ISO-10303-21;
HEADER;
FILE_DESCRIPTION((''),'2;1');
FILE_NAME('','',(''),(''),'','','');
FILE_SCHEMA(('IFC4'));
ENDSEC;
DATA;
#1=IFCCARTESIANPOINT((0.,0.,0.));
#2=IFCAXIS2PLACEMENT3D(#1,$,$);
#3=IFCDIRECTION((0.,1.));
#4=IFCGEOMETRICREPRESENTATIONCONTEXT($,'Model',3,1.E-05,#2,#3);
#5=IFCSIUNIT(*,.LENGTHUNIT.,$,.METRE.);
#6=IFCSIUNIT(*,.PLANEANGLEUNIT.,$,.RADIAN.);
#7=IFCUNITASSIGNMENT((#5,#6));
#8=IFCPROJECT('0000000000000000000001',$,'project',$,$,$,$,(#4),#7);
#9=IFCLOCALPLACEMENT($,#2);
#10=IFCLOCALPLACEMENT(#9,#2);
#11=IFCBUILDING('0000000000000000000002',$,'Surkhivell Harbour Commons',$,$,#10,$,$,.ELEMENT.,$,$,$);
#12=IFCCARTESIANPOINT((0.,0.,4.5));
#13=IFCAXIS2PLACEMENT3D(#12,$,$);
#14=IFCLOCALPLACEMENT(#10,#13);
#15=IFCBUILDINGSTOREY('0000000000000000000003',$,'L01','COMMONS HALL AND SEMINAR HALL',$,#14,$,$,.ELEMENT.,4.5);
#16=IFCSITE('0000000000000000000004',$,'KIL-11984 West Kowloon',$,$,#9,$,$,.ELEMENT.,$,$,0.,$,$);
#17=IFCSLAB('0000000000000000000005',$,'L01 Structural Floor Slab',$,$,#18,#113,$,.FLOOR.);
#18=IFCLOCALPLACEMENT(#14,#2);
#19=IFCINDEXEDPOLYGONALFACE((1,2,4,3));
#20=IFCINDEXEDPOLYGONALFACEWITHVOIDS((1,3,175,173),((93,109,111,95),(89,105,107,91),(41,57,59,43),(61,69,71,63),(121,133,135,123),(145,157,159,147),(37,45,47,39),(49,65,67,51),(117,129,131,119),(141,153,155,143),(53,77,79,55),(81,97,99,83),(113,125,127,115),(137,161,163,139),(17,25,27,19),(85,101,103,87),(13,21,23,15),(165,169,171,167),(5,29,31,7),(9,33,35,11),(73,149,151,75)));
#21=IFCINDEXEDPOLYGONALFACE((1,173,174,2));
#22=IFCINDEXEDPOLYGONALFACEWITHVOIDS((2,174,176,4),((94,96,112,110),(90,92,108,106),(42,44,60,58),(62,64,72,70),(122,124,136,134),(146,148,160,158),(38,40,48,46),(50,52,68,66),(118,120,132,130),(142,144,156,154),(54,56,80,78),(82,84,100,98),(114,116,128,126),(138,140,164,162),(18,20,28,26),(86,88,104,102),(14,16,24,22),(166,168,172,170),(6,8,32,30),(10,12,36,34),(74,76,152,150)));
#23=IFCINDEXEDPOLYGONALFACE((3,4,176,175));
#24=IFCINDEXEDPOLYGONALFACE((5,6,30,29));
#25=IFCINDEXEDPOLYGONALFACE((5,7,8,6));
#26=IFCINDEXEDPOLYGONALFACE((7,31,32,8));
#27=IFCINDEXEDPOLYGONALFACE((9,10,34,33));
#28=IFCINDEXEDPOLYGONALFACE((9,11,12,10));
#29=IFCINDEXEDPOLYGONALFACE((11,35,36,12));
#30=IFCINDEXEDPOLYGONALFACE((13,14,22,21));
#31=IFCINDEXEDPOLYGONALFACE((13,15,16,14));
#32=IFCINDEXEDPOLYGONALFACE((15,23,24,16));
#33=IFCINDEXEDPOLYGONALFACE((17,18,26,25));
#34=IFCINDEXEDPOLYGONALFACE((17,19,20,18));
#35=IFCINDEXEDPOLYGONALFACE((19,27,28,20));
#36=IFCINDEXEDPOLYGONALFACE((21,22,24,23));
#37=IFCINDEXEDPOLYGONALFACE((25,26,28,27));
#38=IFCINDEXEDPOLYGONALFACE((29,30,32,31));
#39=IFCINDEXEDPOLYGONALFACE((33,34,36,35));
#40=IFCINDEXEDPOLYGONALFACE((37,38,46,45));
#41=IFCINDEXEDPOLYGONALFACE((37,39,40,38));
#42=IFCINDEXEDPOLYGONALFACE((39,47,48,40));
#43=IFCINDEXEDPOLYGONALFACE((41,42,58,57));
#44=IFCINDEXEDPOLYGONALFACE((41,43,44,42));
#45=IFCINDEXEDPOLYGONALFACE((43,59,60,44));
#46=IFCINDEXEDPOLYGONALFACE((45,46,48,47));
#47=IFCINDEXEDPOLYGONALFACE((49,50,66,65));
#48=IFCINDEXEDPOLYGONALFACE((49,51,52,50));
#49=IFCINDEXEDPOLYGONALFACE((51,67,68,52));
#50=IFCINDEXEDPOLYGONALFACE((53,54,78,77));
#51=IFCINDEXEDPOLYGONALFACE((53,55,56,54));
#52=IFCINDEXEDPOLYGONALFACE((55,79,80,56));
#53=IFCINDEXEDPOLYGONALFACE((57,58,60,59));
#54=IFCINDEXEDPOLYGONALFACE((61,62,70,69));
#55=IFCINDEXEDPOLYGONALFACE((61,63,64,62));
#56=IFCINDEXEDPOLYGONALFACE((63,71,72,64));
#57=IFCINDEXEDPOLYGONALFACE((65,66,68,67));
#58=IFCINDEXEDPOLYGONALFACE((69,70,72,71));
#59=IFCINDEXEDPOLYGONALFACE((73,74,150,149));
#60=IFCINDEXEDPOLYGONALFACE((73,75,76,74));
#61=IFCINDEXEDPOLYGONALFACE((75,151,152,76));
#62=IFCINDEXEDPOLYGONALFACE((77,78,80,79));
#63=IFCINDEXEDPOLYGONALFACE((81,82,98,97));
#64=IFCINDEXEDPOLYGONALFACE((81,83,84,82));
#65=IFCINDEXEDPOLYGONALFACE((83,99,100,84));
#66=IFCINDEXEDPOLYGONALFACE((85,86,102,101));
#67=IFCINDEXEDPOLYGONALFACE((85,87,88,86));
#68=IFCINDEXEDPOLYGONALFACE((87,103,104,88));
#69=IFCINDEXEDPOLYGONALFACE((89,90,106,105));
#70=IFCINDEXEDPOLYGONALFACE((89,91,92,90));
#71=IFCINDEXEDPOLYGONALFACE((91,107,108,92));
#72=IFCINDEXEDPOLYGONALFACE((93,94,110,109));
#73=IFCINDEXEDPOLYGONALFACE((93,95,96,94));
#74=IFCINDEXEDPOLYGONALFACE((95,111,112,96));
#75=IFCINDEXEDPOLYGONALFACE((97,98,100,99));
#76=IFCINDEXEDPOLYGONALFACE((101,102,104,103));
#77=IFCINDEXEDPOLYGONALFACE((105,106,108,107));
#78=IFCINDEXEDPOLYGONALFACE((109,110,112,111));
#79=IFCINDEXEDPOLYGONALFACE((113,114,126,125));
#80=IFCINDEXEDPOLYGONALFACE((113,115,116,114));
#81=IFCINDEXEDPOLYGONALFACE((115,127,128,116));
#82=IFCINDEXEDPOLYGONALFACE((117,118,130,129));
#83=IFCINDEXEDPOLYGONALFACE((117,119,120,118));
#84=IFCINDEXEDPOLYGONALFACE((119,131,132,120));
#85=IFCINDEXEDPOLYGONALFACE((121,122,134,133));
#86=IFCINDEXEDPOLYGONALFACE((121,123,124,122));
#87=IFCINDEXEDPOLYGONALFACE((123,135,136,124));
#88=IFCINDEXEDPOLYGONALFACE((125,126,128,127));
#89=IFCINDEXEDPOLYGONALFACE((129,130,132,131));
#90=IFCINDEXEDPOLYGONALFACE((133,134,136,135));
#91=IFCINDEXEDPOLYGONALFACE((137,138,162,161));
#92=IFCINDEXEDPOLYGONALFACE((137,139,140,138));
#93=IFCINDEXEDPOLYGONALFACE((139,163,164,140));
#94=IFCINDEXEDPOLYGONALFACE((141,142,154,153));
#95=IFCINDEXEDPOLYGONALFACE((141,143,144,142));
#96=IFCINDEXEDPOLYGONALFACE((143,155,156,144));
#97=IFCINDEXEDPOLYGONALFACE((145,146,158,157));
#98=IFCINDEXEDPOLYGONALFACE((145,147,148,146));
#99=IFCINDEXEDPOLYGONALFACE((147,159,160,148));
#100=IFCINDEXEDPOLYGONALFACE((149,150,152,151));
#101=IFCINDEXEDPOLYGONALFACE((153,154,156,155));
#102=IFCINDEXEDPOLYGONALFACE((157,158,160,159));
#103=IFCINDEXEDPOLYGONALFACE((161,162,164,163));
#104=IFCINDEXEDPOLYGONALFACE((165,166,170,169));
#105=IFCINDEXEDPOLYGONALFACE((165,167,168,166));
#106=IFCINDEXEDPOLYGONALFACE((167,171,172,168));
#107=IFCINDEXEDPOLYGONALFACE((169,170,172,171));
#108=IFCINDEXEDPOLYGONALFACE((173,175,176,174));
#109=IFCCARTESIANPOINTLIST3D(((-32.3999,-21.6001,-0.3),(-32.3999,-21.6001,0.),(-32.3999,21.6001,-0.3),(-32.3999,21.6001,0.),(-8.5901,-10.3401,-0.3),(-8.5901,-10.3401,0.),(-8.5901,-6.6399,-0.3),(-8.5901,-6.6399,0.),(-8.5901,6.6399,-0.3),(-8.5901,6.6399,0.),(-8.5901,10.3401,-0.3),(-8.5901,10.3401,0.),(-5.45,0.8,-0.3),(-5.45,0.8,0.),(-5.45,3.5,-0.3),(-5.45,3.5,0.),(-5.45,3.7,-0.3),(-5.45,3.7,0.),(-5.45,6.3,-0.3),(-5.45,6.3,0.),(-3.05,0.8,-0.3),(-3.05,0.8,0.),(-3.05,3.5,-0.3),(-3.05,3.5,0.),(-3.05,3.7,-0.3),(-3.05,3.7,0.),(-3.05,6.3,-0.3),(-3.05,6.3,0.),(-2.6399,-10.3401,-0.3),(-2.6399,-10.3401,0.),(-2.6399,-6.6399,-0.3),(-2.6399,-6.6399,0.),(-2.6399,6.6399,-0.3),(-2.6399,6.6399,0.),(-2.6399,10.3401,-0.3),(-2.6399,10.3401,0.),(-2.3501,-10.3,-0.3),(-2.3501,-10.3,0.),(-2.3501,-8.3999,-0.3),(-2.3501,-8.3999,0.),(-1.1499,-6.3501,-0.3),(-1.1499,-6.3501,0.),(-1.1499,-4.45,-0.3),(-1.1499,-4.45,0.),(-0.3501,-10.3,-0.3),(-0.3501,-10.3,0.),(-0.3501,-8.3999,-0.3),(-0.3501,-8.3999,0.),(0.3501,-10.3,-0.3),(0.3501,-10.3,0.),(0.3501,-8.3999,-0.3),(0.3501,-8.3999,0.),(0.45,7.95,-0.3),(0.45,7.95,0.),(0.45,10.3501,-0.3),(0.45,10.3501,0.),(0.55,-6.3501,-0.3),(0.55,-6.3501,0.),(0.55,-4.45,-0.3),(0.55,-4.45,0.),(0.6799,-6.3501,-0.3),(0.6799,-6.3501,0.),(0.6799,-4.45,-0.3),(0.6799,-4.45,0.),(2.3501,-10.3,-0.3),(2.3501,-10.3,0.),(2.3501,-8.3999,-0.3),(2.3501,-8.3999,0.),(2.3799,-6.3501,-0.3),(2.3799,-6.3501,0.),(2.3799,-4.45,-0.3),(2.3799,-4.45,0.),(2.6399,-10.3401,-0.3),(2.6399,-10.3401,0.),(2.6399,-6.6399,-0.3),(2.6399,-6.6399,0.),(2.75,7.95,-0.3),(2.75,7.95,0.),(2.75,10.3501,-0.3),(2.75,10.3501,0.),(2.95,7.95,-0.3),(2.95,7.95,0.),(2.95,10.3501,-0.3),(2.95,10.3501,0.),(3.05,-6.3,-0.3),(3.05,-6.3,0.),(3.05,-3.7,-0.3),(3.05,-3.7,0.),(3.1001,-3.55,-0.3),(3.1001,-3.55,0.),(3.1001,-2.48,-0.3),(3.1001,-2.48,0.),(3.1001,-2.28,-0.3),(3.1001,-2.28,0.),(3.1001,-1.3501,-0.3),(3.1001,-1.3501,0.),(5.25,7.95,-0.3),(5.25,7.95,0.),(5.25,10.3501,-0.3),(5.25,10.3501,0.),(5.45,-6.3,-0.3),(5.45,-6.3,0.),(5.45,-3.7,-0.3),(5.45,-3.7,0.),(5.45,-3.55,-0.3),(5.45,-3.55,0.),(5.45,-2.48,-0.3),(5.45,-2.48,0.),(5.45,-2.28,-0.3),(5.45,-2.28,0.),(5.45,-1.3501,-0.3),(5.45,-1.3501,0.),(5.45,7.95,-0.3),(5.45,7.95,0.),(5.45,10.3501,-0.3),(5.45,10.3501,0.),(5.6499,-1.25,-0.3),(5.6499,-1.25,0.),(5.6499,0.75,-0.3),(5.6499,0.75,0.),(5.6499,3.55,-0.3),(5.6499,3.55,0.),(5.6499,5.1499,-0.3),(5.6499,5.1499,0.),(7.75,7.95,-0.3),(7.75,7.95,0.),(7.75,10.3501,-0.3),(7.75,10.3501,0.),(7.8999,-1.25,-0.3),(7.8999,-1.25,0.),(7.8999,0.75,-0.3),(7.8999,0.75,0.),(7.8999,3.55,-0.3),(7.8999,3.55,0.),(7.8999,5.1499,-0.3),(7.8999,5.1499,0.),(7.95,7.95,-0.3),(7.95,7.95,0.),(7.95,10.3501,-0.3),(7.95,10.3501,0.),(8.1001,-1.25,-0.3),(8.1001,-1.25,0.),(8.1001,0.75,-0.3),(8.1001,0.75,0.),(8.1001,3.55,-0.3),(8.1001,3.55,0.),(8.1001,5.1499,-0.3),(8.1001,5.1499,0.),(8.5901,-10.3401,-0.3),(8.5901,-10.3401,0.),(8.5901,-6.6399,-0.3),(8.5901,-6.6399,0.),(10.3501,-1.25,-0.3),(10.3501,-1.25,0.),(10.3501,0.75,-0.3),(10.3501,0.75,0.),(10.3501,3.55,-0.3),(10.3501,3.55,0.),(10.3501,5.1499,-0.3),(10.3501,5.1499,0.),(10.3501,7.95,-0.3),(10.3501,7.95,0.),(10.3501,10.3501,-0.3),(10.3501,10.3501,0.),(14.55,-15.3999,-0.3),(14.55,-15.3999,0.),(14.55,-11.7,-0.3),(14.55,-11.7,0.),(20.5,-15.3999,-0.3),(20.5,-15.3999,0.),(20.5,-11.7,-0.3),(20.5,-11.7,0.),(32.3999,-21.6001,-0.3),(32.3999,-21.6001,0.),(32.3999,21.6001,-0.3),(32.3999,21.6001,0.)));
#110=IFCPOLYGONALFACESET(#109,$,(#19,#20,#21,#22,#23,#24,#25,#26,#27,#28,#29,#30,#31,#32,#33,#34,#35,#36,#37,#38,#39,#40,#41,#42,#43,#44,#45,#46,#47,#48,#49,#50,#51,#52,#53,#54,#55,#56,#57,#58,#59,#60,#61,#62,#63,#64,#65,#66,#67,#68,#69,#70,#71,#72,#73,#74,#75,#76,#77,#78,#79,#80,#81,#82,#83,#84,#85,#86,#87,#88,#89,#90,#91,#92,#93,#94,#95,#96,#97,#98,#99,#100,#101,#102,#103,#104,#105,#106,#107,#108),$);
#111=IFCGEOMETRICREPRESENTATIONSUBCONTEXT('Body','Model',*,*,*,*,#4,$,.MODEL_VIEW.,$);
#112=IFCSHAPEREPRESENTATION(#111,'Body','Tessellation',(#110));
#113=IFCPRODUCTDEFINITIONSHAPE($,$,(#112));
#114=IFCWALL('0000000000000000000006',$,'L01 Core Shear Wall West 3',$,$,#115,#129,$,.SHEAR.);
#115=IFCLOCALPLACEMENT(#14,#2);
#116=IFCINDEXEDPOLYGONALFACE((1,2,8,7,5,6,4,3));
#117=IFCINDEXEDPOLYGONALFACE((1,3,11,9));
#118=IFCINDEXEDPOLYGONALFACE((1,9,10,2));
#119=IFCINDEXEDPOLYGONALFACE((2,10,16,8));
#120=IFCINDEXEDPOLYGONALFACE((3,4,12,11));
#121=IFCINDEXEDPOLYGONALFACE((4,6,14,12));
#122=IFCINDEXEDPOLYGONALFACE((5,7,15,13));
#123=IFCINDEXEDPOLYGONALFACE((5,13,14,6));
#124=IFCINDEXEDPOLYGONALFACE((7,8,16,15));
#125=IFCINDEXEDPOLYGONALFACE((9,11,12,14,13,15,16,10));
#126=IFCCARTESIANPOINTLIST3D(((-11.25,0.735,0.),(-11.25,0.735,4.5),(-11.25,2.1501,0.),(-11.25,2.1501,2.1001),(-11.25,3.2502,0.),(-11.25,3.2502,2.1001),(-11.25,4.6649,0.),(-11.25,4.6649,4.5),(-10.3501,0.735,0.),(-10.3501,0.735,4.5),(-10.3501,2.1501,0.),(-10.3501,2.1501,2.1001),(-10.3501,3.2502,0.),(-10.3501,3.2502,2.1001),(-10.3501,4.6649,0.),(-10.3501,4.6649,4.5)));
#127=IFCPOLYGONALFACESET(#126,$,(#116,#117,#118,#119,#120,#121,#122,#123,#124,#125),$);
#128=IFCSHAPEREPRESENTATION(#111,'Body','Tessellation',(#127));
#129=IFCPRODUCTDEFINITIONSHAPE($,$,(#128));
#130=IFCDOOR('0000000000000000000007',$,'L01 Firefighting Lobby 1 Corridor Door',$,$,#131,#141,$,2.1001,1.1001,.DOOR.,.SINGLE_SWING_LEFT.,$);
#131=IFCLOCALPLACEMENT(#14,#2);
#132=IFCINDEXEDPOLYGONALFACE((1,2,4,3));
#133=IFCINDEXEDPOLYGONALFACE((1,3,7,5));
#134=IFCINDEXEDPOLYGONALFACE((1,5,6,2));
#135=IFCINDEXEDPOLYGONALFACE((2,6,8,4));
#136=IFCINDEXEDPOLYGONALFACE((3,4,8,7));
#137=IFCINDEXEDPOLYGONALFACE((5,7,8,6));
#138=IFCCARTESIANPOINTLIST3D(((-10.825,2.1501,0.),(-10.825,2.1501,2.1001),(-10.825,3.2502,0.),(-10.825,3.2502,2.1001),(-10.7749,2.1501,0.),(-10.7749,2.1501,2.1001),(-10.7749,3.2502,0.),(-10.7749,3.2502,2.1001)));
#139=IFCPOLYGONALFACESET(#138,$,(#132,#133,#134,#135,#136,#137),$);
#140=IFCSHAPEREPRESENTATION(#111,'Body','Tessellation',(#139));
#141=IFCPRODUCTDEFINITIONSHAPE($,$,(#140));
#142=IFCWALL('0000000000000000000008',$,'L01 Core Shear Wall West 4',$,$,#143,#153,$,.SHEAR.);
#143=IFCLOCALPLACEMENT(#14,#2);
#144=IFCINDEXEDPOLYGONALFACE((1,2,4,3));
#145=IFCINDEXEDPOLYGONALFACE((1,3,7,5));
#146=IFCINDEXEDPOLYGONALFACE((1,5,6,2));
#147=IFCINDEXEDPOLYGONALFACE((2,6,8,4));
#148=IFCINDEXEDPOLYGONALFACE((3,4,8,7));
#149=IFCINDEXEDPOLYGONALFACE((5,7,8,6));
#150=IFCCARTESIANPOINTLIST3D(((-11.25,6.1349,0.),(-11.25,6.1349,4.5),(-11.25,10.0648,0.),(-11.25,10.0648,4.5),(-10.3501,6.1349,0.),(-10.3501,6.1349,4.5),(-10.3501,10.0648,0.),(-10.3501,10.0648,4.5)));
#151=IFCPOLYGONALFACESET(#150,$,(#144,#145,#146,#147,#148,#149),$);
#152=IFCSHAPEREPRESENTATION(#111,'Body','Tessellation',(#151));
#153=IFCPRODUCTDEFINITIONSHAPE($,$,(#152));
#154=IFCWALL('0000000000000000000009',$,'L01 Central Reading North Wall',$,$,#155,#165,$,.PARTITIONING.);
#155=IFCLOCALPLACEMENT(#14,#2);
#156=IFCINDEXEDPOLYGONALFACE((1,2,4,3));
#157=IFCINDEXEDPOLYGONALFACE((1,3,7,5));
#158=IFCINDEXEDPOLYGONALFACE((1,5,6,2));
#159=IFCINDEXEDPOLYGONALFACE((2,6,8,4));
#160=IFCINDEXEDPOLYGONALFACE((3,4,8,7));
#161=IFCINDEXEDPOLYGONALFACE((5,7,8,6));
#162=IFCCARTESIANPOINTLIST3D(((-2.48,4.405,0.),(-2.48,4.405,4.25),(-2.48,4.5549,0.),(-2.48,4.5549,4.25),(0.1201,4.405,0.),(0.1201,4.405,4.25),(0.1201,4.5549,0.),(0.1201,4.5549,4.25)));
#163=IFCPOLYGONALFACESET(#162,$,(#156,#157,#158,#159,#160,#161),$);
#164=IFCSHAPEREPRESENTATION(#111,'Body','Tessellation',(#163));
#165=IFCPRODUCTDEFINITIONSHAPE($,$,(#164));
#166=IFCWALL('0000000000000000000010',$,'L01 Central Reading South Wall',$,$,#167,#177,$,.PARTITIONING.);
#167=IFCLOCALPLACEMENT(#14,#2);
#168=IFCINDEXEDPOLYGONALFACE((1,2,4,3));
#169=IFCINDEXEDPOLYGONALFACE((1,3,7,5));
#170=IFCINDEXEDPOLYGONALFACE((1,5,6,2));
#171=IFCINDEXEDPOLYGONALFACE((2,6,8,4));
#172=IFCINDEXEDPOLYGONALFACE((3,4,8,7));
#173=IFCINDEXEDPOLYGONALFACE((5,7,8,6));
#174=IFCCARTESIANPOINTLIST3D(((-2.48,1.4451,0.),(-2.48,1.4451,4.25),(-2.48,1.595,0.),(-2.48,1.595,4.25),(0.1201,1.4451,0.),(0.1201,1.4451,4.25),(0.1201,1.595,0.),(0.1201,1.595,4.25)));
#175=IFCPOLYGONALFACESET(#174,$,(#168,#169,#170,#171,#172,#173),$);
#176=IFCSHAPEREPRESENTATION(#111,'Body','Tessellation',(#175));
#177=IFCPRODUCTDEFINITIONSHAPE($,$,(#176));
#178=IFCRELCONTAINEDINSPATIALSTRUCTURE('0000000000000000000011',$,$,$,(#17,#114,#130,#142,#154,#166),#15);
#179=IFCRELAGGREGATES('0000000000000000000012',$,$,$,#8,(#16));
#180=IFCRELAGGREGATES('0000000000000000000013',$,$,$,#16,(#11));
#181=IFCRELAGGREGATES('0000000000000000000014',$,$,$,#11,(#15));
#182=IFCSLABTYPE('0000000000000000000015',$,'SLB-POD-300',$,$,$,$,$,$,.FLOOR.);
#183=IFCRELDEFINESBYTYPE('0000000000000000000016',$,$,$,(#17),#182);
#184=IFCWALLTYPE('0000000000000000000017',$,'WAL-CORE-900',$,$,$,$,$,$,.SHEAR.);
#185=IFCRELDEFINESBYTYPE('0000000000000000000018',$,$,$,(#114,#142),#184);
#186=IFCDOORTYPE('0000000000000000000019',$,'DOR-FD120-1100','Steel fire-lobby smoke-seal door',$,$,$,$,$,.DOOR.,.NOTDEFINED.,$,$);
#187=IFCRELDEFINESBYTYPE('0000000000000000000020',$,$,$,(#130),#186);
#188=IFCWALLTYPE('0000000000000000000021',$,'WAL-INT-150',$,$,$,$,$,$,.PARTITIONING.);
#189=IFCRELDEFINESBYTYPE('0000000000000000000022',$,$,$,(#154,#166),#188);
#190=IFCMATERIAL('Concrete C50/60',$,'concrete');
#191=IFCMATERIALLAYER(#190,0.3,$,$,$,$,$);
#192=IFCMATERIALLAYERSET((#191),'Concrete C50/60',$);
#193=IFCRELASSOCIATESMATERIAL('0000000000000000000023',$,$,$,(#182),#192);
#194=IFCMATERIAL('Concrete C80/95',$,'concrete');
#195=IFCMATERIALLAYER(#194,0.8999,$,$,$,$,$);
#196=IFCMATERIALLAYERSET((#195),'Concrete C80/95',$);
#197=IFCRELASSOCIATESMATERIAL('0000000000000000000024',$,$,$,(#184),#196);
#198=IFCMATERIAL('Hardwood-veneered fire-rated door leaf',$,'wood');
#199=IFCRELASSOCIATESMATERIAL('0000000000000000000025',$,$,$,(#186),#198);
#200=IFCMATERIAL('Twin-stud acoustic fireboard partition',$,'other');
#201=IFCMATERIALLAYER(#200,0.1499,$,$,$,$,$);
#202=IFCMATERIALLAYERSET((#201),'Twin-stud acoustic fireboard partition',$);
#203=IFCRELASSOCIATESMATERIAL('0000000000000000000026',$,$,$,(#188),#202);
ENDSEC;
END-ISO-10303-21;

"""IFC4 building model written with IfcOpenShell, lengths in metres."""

from ifc_helpers import new_model, si_unit, direction, frame, frame_2d, origin, place, context, subcontext, project, spatial, polyline, rectangle, outline, extrude, material, layer, layer_set, type_object, element, fill, save


model = new_model("IFC4")

# Units and contexts
model_context = context("Model", 3, precision=1e-05, world=origin(), true_north=direction((0.0, 1.0)))
body_context = subcontext(model_context, "Body", "Model", "MODEL_VIEW")
ifc_project = project(units=[si_unit("LENGTHUNIT", "METRE"), si_unit("PLANEANGLEUNIT", "RADIAN")], contexts=[model_context])

# Site, building, storey
site_placement = place(None, origin())
site = spatial("IfcSite", under=ifc_project, at=site_placement, Name="KIL-11984 West Kowloon", CompositionType="ELEMENT", RefElevation=0.0)
building_placement = place(site_placement, origin())
building = spatial("IfcBuilding", under=site, at=building_placement, Name="Surkhivell Harbour Commons", CompositionType="ELEMENT")
storey_placement = place(building_placement, frame((0.0, 0.0, 4.5)))
storey = spatial("IfcBuildingStorey", under=building, at=storey_placement, Name="L01", Description="COMMONS HALL AND SEMINAR HALL", CompositionType="ELEMENT", Elevation=4.5)

# Shared definitions
ifc_material_1 = material(Name="Concrete C80/95", Category="concrete")

# Slab
ifc_material_2 = material(Name="Concrete C50/60", Category="concrete")
ifc_layer_1 = layer(ifc_material_2, 0.3)
ifc_layer_set_1 = layer_set([ifc_layer_1], Name="Concrete C50/60")
slab_type = type_object("IfcSlabType", Name="SLB-POD-300", PredefinedType="FLOOR", material=ifc_layer_set_1)
slab_placement = place(storey_placement, frame((0.0, 0.0, -0.3)))
element("IfcSlab", 1, at=slab_placement, inside=storey, type_object=slab_type, Name="L01 Structural Floor Slab", PredefinedType="FLOOR", context=body_context, shape_type="SweptSolid", body=[
    extrude(outline(polyline([(-32.3999, -21.6001), (32.3999, -21.6001), (32.3999, 21.6001), (-32.3999, 21.6001), (-32.3999, -21.6001)]), holes=[polyline([(-8.5901, 6.6399), (-2.6399, 6.6399), (-2.6399, 10.3401), (-8.5901, 10.3401), (-8.5901, 6.6399)]), polyline([(8.5901, -6.6399), (2.6399, -6.6399), (2.6399, -10.3401), (8.5901, -10.3401), (8.5901, -6.6399)]), polyline([(-8.5901, -10.3401), (-2.6399, -10.3401), (-2.6399, -6.6399), (-8.5901, -6.6399), (-8.5901, -10.3401)]), polyline([(14.55, -15.3999), (20.5, -15.3999), (20.5, -11.7), (14.55, -11.7), (14.55, -15.3999)]), polyline([(0.45, 7.95), (2.75, 7.95), (2.75, 10.3501), (0.45, 10.3501), (0.45, 7.95)]), polyline([(2.95, 7.95), (5.25, 7.95), (5.25, 10.3501), (2.95, 10.3501), (2.95, 7.95)]), polyline([(5.45, 7.95), (7.75, 7.95), (7.75, 10.3501), (5.45, 10.3501), (5.45, 7.95)]), polyline([(7.95, 7.95), (10.3501, 7.95), (10.3501, 10.3501), (7.95, 10.3501), (7.95, 7.95)]), polyline([(5.6499, 3.55), (7.8999, 3.55), (7.8999, 5.1499), (5.6499, 5.1499), (5.6499, 3.55)]), polyline([(8.1001, 3.55), (10.3501, 3.55), (10.3501, 5.1499), (8.1001, 5.1499), (8.1001, 3.55)]), polyline([(5.6499, -1.25), (7.8999, -1.25), (7.8999, 0.75), (5.6499, 0.75), (5.6499, -1.25)]), polyline([(8.1001, -1.25), (10.3501, -1.25), (10.3501, 0.75), (8.1001, 0.75), (8.1001, -1.25)]), polyline([(-1.1499, -6.3501), (0.55, -6.3501), (0.55, -4.45), (-1.1499, -4.45), (-1.1499, -6.3501)]), polyline([(0.6799, -6.3501), (2.3799, -6.3501), (2.3799, -4.45), (0.6799, -4.45), (0.6799, -6.3501)]), polyline([(-2.3501, -10.3), (-0.3501, -10.3), (-0.3501, -8.3999), (-2.3501, -8.3999), (-2.3501, -10.3)]), polyline([(0.3501, -10.3), (2.3501, -10.3), (2.3501, -8.3999), (0.3501, -8.3999), (0.3501, -10.3)]), polyline([(-5.45, 3.7), (-3.05, 3.7), (-3.05, 6.3), (-5.45, 6.3), (-5.45, 3.7)]), polyline([(3.05, -6.3), (5.45, -6.3), (5.45, -3.7), (3.05, -3.7), (3.05, -6.3)]), polyline([(-5.45, 0.8), (-3.05, 0.8), (-3.05, 3.5), (-5.45, 3.5), (-5.45, 0.8)]), polyline([(3.1001, -3.55), (5.45, -3.55), (5.45, -2.48), (3.1001, -2.48), (3.1001, -3.55)]), polyline([(3.1001, -2.28), (5.45, -2.28), (5.45, -1.3501), (3.1001, -1.3501), (3.1001, -2.28)])]), origin(), (0.0, 0.0, 1.0), 0.3),
])

# Wall, opening, door
ifc_layer_2 = layer(ifc_material_1, 0.8999)
ifc_layer_set_2 = layer_set([ifc_layer_2], Name="Concrete C80/95")
wall_type_1 = type_object("IfcWallType", Name="WAL-CORE-900", PredefinedType="SHEAR", material=ifc_layer_set_2)
wall_1_placement = place(storey_placement, frame((-10.8, 0.7351, 0.0), z_axis=(0.0, 0.0, 1.0), x_axis=(0.0, 1.0, 0.0)))
wall_1 = element("IfcWall", 2, at=wall_1_placement, inside=storey, type_object=wall_type_1, Name="L01 Core Shear Wall West 3", PredefinedType="SHEAR", context=body_context, shape_type="SweptSolid", body=[
    extrude(rectangle(XDim=3.9299, YDim=0.8999, at=frame_2d((1.9648, 0.0))), origin(), (0.0, 0.0, 1.0), 4.5),
])
opening_1_placement = place(wall_1_placement, frame((1.415, 0.0, 0.0)))
opening_1 = element("IfcOpeningElement", 3, at=opening_1_placement, cuts=wall_1, PredefinedType="OPENING", context=body_context, shape_type="SweptSolid", body=[
    extrude(rectangle(XDim=1.1001, YDim=2.1001, at=frame_2d((0.55, 1.05))), frame((0.0, 0.46, 0.0), z_axis=(0.0, -1.0, 0.0), x_axis=(1.0, 0.0, 0.0)), (0.0, 0.0, 1.0), 0.9199),
])
ifc_material_3 = material(Name="Hardwood-veneered fire-rated door leaf", Category="wood")
door_type_1 = type_object("IfcDoorType", Name="DOR-FD120-1100", Description="Steel fire-lobby smoke-seal door", OperationType="NOTDEFINED", PredefinedType="DOOR", material=ifc_material_3)
door_1_placement = place(opening_1_placement, origin())
door_1 = element("IfcDoor", 4, at=door_1_placement, inside=storey, type_object=door_type_1, Name="L01 Firefighting Lobby 1 Corridor Door", OperationType="SINGLE_SWING_LEFT", OverallHeight=2.1001, OverallWidth=1.1001, PredefinedType="DOOR", context=body_context, shape_type="SweptSolid", body=[
    extrude(rectangle(XDim=1.1001, YDim=2.1001, at=frame_2d((0.55, 1.05))), frame((0.0, 0.0249, 0.0), z_axis=(0.0, -1.0, 0.0), x_axis=(1.0, 0.0, 0.0)), (0.0, 0.0, 1.0), 0.05),
])
fill(opening_1, door_1)

# Walls
wall_2_placement = place(storey_placement, frame((-10.8, 6.135, 0.0), z_axis=(0.0, 0.0, 1.0), x_axis=(0.0, 1.0, 0.0)))
element("IfcWall", 5, at=wall_2_placement, inside=storey, type_object=wall_type_1, Name="L01 Core Shear Wall West 4", PredefinedType="SHEAR", context=body_context, shape_type="SweptSolid", body=[
    extrude(rectangle(XDim=3.9299, YDim=0.8999, at=frame_2d((1.9648, 0.0))), origin(), (0.0, 0.0, 1.0), 4.5),
])
ifc_material_4 = material(Name="Twin-stud acoustic fireboard partition", Category="other")
ifc_layer_3 = layer(ifc_material_4, 0.1499)
ifc_layer_set_3 = layer_set([ifc_layer_3], Name="Twin-stud acoustic fireboard partition")
wall_type_2 = type_object("IfcWallType", Name="WAL-INT-150", PredefinedType="PARTITIONING", material=ifc_layer_set_3)
for number, where, z_axis, x_axis, name in (
    (6, (-2.48, 4.48, 0.0), (0.0, 0.0, 1.0), (1.0, 0.0, 0.0), "L01 Central Reading North Wall"),
    (7, (-2.48, 1.52, 0.0), (0.0, 0.0, 1.0), (1.0, 0.0, 0.0), "L01 Central Reading South Wall"),
):
    element("IfcWall", number, at=place(storey_placement, frame(where, z_axis=z_axis, x_axis=x_axis)), inside=storey, type_object=wall_type_2, Name=name, PredefinedType="PARTITIONING", context=body_context, shape_type="SweptSolid", body=[
        extrude(rectangle(XDim=2.6001, YDim=0.1499, at=frame_2d((1.3, 0.0))), origin(), (0.0, 0.0, 1.0), 4.25),
    ])

save(model, "model.ifc")
